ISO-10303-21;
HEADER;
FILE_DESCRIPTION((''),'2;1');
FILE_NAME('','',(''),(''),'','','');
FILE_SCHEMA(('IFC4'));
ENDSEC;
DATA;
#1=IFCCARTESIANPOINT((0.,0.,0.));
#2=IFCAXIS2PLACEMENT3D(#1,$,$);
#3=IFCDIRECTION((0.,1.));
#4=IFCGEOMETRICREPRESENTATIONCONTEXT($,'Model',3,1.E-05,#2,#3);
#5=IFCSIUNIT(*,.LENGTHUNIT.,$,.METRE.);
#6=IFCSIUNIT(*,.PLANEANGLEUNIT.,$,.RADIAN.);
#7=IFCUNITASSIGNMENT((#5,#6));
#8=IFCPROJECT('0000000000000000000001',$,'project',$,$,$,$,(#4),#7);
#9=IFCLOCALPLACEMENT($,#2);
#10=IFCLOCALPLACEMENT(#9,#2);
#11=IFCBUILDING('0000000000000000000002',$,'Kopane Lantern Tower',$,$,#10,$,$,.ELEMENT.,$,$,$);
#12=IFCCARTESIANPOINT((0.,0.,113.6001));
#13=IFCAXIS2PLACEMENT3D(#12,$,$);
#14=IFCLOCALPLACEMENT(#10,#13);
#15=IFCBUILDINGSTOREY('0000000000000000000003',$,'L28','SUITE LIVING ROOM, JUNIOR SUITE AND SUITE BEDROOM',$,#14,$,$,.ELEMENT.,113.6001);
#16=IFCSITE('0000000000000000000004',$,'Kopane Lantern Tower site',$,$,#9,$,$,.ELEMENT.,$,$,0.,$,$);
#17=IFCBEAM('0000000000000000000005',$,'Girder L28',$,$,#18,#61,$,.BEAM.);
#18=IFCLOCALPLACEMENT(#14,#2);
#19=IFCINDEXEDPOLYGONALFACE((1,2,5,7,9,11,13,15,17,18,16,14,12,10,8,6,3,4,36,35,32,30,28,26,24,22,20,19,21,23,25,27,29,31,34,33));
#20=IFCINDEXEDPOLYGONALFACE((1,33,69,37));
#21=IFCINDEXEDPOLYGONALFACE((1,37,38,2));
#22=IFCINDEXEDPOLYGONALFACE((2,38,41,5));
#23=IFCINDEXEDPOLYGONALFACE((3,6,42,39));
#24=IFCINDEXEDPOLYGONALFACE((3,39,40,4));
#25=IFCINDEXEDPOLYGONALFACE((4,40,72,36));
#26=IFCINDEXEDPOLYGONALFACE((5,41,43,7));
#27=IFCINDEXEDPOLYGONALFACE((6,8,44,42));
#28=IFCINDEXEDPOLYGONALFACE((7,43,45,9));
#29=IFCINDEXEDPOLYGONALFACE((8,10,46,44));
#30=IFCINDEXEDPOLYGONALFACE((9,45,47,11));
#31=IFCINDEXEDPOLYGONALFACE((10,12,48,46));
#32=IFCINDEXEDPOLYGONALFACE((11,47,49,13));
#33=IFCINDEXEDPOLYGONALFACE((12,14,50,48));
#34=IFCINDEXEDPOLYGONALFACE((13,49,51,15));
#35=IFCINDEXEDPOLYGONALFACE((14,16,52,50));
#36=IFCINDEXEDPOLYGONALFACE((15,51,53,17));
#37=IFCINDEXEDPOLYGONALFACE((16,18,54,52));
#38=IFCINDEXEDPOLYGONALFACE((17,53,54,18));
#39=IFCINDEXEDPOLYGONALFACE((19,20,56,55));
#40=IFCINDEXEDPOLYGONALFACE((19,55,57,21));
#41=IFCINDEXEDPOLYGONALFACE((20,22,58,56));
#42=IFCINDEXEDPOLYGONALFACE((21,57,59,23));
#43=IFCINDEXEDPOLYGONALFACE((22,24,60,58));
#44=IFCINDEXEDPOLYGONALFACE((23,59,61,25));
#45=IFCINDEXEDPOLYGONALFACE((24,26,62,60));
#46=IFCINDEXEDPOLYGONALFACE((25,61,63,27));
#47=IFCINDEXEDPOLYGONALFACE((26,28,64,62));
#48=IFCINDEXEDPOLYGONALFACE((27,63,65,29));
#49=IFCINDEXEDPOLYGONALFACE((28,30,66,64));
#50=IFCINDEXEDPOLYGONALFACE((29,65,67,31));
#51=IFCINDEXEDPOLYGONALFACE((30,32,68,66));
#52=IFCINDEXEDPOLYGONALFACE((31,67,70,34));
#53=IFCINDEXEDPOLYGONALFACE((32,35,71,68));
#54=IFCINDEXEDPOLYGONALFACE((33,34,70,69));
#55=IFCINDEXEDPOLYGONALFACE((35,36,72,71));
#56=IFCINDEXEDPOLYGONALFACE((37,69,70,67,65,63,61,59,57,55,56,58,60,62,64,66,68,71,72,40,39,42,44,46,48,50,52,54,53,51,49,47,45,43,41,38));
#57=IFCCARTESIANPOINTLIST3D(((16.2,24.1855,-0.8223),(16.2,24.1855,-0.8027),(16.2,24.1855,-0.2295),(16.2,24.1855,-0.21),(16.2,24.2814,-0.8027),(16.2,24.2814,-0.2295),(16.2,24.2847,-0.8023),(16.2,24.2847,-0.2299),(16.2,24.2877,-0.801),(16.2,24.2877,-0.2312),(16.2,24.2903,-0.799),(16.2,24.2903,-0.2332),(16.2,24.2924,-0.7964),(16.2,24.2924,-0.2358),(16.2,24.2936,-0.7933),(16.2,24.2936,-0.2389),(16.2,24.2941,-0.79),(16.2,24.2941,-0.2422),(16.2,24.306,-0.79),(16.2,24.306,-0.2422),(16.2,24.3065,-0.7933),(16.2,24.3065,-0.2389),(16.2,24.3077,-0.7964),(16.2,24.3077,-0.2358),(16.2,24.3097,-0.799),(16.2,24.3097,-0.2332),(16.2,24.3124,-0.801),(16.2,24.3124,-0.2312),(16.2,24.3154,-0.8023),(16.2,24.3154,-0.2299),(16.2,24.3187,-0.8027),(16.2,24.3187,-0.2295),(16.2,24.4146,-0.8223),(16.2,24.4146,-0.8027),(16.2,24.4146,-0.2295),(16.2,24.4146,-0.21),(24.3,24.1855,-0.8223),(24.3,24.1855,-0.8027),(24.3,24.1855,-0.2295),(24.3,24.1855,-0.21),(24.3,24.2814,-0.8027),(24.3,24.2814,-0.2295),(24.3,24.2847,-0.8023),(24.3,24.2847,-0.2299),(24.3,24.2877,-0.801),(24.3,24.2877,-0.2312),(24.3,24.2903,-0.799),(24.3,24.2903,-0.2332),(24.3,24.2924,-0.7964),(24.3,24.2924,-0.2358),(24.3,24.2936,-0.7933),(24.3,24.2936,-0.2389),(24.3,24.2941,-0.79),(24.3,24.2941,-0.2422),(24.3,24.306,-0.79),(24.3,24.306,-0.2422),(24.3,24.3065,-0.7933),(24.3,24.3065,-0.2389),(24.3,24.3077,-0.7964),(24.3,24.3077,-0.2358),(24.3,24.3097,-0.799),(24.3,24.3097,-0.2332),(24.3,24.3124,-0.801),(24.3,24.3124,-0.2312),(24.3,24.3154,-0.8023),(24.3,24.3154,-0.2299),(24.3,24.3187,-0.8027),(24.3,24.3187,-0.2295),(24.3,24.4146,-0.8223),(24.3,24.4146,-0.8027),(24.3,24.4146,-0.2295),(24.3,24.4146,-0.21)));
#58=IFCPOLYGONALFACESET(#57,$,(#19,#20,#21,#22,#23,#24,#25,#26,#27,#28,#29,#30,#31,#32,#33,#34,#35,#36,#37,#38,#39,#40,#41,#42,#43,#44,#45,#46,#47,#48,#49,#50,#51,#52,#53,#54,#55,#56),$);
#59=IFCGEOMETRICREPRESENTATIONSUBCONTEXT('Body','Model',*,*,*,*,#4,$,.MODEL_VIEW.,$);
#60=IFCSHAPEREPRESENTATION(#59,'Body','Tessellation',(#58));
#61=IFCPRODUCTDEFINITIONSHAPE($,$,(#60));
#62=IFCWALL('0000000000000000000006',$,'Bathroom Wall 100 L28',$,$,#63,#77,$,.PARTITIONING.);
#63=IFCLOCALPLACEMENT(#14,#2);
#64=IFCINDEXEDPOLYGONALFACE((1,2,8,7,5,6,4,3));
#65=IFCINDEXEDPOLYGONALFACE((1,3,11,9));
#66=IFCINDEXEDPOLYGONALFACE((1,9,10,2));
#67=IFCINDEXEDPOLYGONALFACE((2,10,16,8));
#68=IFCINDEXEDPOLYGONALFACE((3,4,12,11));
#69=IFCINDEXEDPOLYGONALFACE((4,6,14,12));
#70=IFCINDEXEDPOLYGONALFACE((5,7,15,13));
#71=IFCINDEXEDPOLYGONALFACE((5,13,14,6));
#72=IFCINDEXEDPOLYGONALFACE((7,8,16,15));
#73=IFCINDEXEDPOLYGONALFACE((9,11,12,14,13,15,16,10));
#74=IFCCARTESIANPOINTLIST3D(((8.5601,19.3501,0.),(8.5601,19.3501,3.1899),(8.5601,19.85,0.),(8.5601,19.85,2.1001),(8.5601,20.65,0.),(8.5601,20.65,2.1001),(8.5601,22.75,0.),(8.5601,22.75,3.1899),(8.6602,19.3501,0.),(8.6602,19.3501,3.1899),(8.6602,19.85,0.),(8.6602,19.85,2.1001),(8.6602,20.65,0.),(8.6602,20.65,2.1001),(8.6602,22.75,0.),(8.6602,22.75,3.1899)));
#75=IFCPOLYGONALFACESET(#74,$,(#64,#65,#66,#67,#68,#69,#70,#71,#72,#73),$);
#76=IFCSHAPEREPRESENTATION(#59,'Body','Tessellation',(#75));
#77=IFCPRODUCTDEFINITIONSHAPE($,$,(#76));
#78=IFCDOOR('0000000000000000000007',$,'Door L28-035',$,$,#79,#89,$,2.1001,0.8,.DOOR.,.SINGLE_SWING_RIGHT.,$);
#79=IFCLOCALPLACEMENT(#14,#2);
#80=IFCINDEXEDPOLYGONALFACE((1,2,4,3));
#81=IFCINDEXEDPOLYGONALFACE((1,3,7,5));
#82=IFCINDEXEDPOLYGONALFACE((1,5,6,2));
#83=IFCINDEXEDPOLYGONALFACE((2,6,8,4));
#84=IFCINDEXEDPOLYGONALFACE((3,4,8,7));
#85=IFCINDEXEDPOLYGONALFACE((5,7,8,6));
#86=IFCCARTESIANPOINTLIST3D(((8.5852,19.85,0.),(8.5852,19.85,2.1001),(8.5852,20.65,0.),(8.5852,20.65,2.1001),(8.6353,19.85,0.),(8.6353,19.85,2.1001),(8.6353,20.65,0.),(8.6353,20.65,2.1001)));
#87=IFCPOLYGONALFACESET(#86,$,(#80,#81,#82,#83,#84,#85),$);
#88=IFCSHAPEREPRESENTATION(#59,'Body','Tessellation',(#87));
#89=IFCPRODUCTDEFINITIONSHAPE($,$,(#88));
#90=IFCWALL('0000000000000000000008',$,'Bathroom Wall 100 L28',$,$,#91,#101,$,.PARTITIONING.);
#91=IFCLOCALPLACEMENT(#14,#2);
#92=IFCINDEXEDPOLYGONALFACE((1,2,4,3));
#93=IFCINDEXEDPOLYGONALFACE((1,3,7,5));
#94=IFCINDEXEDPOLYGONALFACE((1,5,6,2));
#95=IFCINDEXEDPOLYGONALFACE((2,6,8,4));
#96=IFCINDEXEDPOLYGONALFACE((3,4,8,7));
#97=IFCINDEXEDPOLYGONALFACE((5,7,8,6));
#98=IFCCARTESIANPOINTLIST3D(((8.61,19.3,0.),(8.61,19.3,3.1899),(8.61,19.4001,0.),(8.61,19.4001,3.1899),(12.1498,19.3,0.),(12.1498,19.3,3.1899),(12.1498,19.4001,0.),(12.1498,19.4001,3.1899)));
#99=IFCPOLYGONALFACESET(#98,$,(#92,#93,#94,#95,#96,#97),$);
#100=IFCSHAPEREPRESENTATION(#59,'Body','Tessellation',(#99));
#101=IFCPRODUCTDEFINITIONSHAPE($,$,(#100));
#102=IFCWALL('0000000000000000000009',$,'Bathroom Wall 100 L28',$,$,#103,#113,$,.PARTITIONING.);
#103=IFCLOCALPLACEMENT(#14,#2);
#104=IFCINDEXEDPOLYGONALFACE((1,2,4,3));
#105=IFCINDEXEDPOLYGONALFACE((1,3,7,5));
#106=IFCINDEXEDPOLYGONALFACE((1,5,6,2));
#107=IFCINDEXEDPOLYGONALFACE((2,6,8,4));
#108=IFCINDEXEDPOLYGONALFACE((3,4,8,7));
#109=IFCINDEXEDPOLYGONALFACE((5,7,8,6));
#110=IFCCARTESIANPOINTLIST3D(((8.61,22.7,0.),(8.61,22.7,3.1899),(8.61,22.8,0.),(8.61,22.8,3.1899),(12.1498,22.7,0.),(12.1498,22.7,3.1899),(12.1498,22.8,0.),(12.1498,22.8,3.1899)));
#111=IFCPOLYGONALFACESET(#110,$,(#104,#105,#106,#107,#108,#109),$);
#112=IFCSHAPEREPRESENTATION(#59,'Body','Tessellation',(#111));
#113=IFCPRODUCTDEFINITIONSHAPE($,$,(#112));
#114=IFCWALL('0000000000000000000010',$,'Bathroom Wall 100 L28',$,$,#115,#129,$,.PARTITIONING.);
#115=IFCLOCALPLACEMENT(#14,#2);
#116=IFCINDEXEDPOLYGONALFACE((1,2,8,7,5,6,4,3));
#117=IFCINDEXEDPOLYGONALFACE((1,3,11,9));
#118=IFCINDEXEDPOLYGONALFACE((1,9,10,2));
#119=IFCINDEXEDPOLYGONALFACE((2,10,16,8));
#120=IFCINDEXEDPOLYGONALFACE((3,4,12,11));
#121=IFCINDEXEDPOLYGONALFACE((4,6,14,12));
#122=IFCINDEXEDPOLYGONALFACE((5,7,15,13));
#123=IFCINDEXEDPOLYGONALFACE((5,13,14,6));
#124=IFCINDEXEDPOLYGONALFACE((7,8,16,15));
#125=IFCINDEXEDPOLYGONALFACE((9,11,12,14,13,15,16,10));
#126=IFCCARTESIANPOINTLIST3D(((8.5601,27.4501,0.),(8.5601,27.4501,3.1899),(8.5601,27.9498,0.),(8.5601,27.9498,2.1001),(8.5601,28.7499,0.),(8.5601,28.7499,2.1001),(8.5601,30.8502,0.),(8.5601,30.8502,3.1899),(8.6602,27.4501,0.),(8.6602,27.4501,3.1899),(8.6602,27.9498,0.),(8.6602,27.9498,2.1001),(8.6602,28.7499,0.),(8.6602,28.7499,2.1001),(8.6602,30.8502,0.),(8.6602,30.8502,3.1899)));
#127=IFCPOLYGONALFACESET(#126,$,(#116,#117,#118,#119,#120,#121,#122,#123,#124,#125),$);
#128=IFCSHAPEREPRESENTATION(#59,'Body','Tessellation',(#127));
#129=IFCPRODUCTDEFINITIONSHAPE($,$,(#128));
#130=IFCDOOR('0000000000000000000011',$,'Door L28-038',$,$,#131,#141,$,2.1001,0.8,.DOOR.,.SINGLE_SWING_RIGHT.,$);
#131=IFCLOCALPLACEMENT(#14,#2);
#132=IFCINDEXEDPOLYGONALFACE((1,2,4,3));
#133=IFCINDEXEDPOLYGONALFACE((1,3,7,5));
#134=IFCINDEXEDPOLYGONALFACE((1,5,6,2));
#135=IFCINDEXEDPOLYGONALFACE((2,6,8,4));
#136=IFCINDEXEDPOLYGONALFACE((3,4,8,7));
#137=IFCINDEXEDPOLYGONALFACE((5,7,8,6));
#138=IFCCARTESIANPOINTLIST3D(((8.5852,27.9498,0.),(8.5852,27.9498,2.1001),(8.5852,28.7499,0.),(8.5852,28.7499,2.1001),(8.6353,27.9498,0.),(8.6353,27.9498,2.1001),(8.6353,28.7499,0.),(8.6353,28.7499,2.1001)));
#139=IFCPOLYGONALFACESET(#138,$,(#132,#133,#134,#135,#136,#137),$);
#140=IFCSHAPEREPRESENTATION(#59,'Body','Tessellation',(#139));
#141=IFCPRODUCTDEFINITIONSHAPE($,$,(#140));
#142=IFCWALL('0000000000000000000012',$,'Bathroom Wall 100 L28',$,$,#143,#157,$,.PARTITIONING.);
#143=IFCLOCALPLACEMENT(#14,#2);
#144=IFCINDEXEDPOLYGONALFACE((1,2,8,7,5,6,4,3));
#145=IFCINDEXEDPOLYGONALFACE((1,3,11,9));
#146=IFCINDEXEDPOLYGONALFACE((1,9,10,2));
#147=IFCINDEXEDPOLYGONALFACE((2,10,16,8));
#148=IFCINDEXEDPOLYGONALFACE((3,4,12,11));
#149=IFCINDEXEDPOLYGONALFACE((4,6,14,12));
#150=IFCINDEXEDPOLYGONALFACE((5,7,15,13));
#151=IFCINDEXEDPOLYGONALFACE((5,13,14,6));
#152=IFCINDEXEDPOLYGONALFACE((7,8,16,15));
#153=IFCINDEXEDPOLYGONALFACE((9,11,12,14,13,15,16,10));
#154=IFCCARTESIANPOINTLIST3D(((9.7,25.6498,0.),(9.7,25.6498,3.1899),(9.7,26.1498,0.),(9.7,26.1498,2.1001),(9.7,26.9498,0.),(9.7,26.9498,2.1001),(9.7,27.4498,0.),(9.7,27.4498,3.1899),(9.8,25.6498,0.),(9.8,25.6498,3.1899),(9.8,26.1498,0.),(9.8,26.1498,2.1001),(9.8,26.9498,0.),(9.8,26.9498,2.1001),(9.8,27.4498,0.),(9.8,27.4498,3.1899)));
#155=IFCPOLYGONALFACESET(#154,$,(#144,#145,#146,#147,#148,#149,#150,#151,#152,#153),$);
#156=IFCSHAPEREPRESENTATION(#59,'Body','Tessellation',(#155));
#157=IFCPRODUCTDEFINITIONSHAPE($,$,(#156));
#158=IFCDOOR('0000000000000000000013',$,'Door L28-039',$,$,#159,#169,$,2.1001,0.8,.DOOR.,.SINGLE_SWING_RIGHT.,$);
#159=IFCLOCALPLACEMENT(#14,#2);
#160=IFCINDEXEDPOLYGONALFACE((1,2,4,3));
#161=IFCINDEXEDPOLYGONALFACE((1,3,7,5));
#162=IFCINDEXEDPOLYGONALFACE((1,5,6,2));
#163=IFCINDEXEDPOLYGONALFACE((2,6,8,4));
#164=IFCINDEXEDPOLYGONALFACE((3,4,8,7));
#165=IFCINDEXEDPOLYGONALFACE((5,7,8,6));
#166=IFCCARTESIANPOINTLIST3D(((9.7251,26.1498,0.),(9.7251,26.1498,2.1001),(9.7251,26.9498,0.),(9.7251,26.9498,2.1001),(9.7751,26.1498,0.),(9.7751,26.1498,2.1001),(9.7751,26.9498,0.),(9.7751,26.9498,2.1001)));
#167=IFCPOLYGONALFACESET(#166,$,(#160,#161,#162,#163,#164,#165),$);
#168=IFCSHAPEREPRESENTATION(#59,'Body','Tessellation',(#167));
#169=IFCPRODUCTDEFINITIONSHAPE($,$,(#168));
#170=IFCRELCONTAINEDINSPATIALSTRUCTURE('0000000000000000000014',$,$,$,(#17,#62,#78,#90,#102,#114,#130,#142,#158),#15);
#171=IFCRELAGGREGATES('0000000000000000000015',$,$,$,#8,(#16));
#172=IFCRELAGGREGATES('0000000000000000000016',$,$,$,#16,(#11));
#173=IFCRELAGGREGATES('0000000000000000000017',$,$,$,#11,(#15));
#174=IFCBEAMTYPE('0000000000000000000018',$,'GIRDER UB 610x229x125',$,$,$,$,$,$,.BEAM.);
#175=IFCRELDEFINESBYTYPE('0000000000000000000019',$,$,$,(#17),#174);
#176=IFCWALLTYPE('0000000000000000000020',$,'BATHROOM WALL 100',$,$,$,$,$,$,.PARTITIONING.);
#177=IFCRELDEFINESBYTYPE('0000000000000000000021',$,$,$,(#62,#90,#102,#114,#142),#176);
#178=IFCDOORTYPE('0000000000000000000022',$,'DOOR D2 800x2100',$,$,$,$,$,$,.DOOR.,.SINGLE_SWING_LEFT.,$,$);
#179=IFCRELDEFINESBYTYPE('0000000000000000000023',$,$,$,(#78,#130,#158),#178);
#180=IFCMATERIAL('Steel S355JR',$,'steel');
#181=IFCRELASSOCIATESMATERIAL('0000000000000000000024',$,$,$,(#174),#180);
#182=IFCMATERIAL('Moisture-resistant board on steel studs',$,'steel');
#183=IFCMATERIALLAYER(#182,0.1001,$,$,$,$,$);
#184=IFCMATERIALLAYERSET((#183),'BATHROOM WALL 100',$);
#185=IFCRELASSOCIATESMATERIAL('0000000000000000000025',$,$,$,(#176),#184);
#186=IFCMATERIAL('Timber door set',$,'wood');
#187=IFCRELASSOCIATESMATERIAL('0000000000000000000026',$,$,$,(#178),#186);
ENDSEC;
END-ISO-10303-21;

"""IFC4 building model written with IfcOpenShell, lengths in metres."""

from ifc_helpers import new_model, si_unit, direction, frame, frame_2d, origin, origin_2d, place, context, subcontext, project, spatial, rectangle, i_section, extrude, material, layer, layer_set, material_profile, profile_set, type_object, element, fill, save


model = new_model("IFC4")

# Units and contexts
model_context = context("Model", 3, precision=1e-05, world=origin(), true_north=direction((0.0, 1.0)))
body_context = subcontext(model_context, "Body", "Model", "MODEL_VIEW")
ifc_project = project(units=[si_unit("LENGTHUNIT", "METRE"), si_unit("PLANEANGLEUNIT", "RADIAN")], contexts=[model_context])

# Site, building, storey
site_placement = place(None, origin())
site = spatial("IfcSite", under=ifc_project, at=site_placement, Name="Kopane Lantern Tower site", CompositionType="ELEMENT", RefElevation=0.0)
building_placement = place(site_placement, origin())
building = spatial("IfcBuilding", under=site, at=building_placement, Name="Kopane Lantern Tower", CompositionType="ELEMENT")
storey_placement = place(building_placement, frame((0.0, 0.0, 113.6001)))
storey = spatial("IfcBuildingStorey", under=building, at=storey_placement, Name="L28", Description="SUITE LIVING ROOM, JUNIOR SUITE AND SUITE BEDROOM", CompositionType="ELEMENT", Elevation=113.6001)

# Beam
ifc_material_1 = material(Name="Steel S355JR", Category="steel")
ifc_material_profile_1 = material_profile(ifc_material_1, i_section(OverallWidth=0.229, OverallDepth=0.6123, WebThickness=0.012, FlangeThickness=0.0195, FilletRadius=0.0127, at=origin_2d()), Name="UB 610x229x125")
ifc_profile_set_1 = profile_set([ifc_material_profile_1], Name="Steel S355JR")
beam_type_1 = type_object("IfcBeamType", Name="GIRDER UB 610x229x125", PredefinedType="BEAM", material=ifc_profile_set_1)
beam_1_placement = place(storey_placement, frame((16.2, 24.3, -0.5161), z_axis=(1.0, 0.0, 0.0), x_axis=(0.0, 1.0, 0.0)))
element("IfcBeam", 1, at=beam_1_placement, inside=storey, type_object=beam_type_1, Name="Girder L28", PredefinedType="BEAM", context=body_context, shape_type="SweptSolid", body=[
    extrude(i_section(OverallWidth=0.229, OverallDepth=0.6123, WebThickness=0.012, FlangeThickness=0.0195, FilletRadius=0.0127, at=origin_2d()), origin(), (0.0, 0.0, 1.0), 8.1001),
])

# Wall, opening, door
ifc_material_2 = material(Name="Moisture-resistant board on steel studs", Category="steel")
ifc_layer_1 = layer(ifc_material_2, 0.1001)
ifc_layer_set_1 = layer_set([ifc_layer_1], Name="BATHROOM WALL 100")
wall_type_1 = type_object("IfcWallType", Name="BATHROOM WALL 100", PredefinedType="PARTITIONING", material=ifc_layer_set_1)
wall_1_placement = place(storey_placement, frame((8.6101, 19.3501, 0.0), z_axis=(0.0, 0.0, 1.0), x_axis=(0.0, 1.0, 0.0)))
wall_1 = element("IfcWall", 2, at=wall_1_placement, inside=storey, type_object=wall_type_1, Name="Bathroom Wall 100 L28", PredefinedType="PARTITIONING", context=body_context, shape_type="SweptSolid", body=[
    extrude(rectangle(XDim=3.3999, YDim=0.1001, at=frame_2d((1.7, 0.0))), origin(), (0.0, 0.0, 1.0), 3.1899),
])
opening_1_placement = place(wall_1_placement, frame((0.5, 0.0, 0.0)))
opening_1 = element("IfcOpeningElement", 3, at=opening_1_placement, cuts=wall_1, PredefinedType="OPENING", context=body_context, shape_type="SweptSolid", body=[
    extrude(rectangle(XDim=0.8, YDim=2.1001, at=frame_2d((0.3999, 1.05))), frame((0.0, 0.0601, 0.0), z_axis=(0.0, -1.0, 0.0), x_axis=(1.0, 0.0, 0.0)), (0.0, 0.0, 1.0), 0.1201),
])
ifc_material_3 = material(Name="Timber door set", Category="wood")
door_type_1 = type_object("IfcDoorType", Name="DOOR D2 800x2100", OperationType="SINGLE_SWING_LEFT", PredefinedType="DOOR", material=ifc_material_3)
door_1_placement = place(opening_1_placement, origin())
door_1 = element("IfcDoor", 4, at=door_1_placement, inside=storey, type_object=door_type_1, Name="Door L28-035", OperationType="SINGLE_SWING_RIGHT", OverallHeight=2.1001, OverallWidth=0.8, PredefinedType="DOOR", context=body_context, shape_type="SweptSolid", body=[
    extrude(rectangle(XDim=0.8, YDim=2.1001, at=frame_2d((0.3999, 1.05))), frame((0.0, 0.0249, 0.0), z_axis=(0.0, -1.0, 0.0), x_axis=(1.0, 0.0, 0.0)), (0.0, 0.0, 1.0), 0.05),
])
fill(opening_1, door_1)

# Walls
for number, where, z_axis, x_axis, name in (
    (5, (12.1499, 19.3501, 0.0), (0.0, 0.0, 1.0), (-1.0, 0.0, 0.0), "Bathroom Wall 100 L28"),
    (6, (12.1499, 22.75, 0.0), (0.0, 0.0, 1.0), (-1.0, 0.0, 0.0), "Bathroom Wall 100 L28"),
):
    element("IfcWall", number, at=place(storey_placement, frame(where, z_axis=z_axis, x_axis=x_axis)), inside=storey, type_object=wall_type_1, Name=name, PredefinedType="PARTITIONING", context=body_context, shape_type="SweptSolid", body=[
        extrude(rectangle(XDim=3.5398, YDim=0.1001, at=frame_2d((1.77, 0.0))), origin(), (0.0, 0.0, 1.0), 3.1899),
    ])

# Walls, openings, doors
wall_2_placement = place(storey_placement, frame((8.6101, 27.45, 0.0), z_axis=(0.0, 0.0, 1.0), x_axis=(0.0, 1.0, 0.0)))
wall_2 = element("IfcWall", 7, at=wall_2_placement, inside=storey, type_object=wall_type_1, Name="Bathroom Wall 100 L28", PredefinedType="PARTITIONING", context=body_context, shape_type="SweptSolid", body=[
    extrude(rectangle(XDim=3.4001, YDim=0.1001, at=frame_2d((1.7002, 0.0))), origin(), (0.0, 0.0, 1.0), 3.1899),
])
opening_2_placement = place(wall_2_placement, frame((0.5, 0.0, 0.0)))
opening_2 = element("IfcOpeningElement", 8, at=opening_2_placement, cuts=wall_2, PredefinedType="OPENING", context=body_context, shape_type="SweptSolid", body=[
    extrude(rectangle(XDim=0.8, YDim=2.1001, at=frame_2d((0.3999, 1.05))), frame((0.0, 0.0601, 0.0), z_axis=(0.0, -1.0, 0.0), x_axis=(1.0, 0.0, 0.0)), (0.0, 0.0, 1.0), 0.1201),
])
door_2_placement = place(opening_2_placement, origin())
door_2 = element("IfcDoor", 9, at=door_2_placement, inside=storey, type_object=door_type_1, Name="Door L28-038", OperationType="SINGLE_SWING_RIGHT", OverallHeight=2.1001, OverallWidth=0.8, PredefinedType="DOOR", context=body_context, shape_type="SweptSolid", body=[
    extrude(rectangle(XDim=0.8, YDim=2.1001, at=frame_2d((0.3999, 1.05))), frame((0.0, 0.0249, 0.0), z_axis=(0.0, -1.0, 0.0), x_axis=(1.0, 0.0, 0.0)), (0.0, 0.0, 1.0), 0.05),
])
fill(opening_2, door_2)
wall_3_placement = place(storey_placement, frame((9.75, 25.6499, 0.0), z_axis=(0.0, 0.0, 1.0), x_axis=(0.0, 1.0, 0.0)))
wall_3 = element("IfcWall", 10, at=wall_3_placement, inside=storey, type_object=wall_type_1, Name="Bathroom Wall 100 L28", PredefinedType="PARTITIONING", context=body_context, shape_type="SweptSolid", body=[
    extrude(rectangle(XDim=1.8, YDim=0.1001, at=frame_2d((0.8999, 0.0))), origin(), (0.0, 0.0, 1.0), 3.1899),
])
opening_3_placement = place(wall_3_placement, frame((0.5, 0.0, 0.0)))
opening_3 = element("IfcOpeningElement", 11, at=opening_3_placement, cuts=wall_3, PredefinedType="OPENING", context=body_context, shape_type="SweptSolid", body=[
    extrude(rectangle(XDim=0.8, YDim=2.1001, at=frame_2d((0.3999, 1.05))), frame((0.0, 0.0601, 0.0), z_axis=(0.0, -1.0, 0.0), x_axis=(1.0, 0.0, 0.0)), (0.0, 0.0, 1.0), 0.1201),
])
door_3_placement = place(opening_3_placement, origin())
door_3 = element("IfcDoor", 12, at=door_3_placement, inside=storey, type_object=door_type_1, Name="Door L28-039", OperationType="SINGLE_SWING_RIGHT", OverallHeight=2.1001, OverallWidth=0.8, PredefinedType="DOOR", context=body_context, shape_type="SweptSolid", body=[
    extrude(rectangle(XDim=0.8, YDim=2.1001, at=frame_2d((0.3999, 1.05))), frame((0.0, 0.0249, 0.0), z_axis=(0.0, -1.0, 0.0), x_axis=(1.0, 0.0, 0.0)), (0.0, 0.0, 1.0), 0.05),
])
fill(opening_3, door_3)

save(model, "model.ifc")
